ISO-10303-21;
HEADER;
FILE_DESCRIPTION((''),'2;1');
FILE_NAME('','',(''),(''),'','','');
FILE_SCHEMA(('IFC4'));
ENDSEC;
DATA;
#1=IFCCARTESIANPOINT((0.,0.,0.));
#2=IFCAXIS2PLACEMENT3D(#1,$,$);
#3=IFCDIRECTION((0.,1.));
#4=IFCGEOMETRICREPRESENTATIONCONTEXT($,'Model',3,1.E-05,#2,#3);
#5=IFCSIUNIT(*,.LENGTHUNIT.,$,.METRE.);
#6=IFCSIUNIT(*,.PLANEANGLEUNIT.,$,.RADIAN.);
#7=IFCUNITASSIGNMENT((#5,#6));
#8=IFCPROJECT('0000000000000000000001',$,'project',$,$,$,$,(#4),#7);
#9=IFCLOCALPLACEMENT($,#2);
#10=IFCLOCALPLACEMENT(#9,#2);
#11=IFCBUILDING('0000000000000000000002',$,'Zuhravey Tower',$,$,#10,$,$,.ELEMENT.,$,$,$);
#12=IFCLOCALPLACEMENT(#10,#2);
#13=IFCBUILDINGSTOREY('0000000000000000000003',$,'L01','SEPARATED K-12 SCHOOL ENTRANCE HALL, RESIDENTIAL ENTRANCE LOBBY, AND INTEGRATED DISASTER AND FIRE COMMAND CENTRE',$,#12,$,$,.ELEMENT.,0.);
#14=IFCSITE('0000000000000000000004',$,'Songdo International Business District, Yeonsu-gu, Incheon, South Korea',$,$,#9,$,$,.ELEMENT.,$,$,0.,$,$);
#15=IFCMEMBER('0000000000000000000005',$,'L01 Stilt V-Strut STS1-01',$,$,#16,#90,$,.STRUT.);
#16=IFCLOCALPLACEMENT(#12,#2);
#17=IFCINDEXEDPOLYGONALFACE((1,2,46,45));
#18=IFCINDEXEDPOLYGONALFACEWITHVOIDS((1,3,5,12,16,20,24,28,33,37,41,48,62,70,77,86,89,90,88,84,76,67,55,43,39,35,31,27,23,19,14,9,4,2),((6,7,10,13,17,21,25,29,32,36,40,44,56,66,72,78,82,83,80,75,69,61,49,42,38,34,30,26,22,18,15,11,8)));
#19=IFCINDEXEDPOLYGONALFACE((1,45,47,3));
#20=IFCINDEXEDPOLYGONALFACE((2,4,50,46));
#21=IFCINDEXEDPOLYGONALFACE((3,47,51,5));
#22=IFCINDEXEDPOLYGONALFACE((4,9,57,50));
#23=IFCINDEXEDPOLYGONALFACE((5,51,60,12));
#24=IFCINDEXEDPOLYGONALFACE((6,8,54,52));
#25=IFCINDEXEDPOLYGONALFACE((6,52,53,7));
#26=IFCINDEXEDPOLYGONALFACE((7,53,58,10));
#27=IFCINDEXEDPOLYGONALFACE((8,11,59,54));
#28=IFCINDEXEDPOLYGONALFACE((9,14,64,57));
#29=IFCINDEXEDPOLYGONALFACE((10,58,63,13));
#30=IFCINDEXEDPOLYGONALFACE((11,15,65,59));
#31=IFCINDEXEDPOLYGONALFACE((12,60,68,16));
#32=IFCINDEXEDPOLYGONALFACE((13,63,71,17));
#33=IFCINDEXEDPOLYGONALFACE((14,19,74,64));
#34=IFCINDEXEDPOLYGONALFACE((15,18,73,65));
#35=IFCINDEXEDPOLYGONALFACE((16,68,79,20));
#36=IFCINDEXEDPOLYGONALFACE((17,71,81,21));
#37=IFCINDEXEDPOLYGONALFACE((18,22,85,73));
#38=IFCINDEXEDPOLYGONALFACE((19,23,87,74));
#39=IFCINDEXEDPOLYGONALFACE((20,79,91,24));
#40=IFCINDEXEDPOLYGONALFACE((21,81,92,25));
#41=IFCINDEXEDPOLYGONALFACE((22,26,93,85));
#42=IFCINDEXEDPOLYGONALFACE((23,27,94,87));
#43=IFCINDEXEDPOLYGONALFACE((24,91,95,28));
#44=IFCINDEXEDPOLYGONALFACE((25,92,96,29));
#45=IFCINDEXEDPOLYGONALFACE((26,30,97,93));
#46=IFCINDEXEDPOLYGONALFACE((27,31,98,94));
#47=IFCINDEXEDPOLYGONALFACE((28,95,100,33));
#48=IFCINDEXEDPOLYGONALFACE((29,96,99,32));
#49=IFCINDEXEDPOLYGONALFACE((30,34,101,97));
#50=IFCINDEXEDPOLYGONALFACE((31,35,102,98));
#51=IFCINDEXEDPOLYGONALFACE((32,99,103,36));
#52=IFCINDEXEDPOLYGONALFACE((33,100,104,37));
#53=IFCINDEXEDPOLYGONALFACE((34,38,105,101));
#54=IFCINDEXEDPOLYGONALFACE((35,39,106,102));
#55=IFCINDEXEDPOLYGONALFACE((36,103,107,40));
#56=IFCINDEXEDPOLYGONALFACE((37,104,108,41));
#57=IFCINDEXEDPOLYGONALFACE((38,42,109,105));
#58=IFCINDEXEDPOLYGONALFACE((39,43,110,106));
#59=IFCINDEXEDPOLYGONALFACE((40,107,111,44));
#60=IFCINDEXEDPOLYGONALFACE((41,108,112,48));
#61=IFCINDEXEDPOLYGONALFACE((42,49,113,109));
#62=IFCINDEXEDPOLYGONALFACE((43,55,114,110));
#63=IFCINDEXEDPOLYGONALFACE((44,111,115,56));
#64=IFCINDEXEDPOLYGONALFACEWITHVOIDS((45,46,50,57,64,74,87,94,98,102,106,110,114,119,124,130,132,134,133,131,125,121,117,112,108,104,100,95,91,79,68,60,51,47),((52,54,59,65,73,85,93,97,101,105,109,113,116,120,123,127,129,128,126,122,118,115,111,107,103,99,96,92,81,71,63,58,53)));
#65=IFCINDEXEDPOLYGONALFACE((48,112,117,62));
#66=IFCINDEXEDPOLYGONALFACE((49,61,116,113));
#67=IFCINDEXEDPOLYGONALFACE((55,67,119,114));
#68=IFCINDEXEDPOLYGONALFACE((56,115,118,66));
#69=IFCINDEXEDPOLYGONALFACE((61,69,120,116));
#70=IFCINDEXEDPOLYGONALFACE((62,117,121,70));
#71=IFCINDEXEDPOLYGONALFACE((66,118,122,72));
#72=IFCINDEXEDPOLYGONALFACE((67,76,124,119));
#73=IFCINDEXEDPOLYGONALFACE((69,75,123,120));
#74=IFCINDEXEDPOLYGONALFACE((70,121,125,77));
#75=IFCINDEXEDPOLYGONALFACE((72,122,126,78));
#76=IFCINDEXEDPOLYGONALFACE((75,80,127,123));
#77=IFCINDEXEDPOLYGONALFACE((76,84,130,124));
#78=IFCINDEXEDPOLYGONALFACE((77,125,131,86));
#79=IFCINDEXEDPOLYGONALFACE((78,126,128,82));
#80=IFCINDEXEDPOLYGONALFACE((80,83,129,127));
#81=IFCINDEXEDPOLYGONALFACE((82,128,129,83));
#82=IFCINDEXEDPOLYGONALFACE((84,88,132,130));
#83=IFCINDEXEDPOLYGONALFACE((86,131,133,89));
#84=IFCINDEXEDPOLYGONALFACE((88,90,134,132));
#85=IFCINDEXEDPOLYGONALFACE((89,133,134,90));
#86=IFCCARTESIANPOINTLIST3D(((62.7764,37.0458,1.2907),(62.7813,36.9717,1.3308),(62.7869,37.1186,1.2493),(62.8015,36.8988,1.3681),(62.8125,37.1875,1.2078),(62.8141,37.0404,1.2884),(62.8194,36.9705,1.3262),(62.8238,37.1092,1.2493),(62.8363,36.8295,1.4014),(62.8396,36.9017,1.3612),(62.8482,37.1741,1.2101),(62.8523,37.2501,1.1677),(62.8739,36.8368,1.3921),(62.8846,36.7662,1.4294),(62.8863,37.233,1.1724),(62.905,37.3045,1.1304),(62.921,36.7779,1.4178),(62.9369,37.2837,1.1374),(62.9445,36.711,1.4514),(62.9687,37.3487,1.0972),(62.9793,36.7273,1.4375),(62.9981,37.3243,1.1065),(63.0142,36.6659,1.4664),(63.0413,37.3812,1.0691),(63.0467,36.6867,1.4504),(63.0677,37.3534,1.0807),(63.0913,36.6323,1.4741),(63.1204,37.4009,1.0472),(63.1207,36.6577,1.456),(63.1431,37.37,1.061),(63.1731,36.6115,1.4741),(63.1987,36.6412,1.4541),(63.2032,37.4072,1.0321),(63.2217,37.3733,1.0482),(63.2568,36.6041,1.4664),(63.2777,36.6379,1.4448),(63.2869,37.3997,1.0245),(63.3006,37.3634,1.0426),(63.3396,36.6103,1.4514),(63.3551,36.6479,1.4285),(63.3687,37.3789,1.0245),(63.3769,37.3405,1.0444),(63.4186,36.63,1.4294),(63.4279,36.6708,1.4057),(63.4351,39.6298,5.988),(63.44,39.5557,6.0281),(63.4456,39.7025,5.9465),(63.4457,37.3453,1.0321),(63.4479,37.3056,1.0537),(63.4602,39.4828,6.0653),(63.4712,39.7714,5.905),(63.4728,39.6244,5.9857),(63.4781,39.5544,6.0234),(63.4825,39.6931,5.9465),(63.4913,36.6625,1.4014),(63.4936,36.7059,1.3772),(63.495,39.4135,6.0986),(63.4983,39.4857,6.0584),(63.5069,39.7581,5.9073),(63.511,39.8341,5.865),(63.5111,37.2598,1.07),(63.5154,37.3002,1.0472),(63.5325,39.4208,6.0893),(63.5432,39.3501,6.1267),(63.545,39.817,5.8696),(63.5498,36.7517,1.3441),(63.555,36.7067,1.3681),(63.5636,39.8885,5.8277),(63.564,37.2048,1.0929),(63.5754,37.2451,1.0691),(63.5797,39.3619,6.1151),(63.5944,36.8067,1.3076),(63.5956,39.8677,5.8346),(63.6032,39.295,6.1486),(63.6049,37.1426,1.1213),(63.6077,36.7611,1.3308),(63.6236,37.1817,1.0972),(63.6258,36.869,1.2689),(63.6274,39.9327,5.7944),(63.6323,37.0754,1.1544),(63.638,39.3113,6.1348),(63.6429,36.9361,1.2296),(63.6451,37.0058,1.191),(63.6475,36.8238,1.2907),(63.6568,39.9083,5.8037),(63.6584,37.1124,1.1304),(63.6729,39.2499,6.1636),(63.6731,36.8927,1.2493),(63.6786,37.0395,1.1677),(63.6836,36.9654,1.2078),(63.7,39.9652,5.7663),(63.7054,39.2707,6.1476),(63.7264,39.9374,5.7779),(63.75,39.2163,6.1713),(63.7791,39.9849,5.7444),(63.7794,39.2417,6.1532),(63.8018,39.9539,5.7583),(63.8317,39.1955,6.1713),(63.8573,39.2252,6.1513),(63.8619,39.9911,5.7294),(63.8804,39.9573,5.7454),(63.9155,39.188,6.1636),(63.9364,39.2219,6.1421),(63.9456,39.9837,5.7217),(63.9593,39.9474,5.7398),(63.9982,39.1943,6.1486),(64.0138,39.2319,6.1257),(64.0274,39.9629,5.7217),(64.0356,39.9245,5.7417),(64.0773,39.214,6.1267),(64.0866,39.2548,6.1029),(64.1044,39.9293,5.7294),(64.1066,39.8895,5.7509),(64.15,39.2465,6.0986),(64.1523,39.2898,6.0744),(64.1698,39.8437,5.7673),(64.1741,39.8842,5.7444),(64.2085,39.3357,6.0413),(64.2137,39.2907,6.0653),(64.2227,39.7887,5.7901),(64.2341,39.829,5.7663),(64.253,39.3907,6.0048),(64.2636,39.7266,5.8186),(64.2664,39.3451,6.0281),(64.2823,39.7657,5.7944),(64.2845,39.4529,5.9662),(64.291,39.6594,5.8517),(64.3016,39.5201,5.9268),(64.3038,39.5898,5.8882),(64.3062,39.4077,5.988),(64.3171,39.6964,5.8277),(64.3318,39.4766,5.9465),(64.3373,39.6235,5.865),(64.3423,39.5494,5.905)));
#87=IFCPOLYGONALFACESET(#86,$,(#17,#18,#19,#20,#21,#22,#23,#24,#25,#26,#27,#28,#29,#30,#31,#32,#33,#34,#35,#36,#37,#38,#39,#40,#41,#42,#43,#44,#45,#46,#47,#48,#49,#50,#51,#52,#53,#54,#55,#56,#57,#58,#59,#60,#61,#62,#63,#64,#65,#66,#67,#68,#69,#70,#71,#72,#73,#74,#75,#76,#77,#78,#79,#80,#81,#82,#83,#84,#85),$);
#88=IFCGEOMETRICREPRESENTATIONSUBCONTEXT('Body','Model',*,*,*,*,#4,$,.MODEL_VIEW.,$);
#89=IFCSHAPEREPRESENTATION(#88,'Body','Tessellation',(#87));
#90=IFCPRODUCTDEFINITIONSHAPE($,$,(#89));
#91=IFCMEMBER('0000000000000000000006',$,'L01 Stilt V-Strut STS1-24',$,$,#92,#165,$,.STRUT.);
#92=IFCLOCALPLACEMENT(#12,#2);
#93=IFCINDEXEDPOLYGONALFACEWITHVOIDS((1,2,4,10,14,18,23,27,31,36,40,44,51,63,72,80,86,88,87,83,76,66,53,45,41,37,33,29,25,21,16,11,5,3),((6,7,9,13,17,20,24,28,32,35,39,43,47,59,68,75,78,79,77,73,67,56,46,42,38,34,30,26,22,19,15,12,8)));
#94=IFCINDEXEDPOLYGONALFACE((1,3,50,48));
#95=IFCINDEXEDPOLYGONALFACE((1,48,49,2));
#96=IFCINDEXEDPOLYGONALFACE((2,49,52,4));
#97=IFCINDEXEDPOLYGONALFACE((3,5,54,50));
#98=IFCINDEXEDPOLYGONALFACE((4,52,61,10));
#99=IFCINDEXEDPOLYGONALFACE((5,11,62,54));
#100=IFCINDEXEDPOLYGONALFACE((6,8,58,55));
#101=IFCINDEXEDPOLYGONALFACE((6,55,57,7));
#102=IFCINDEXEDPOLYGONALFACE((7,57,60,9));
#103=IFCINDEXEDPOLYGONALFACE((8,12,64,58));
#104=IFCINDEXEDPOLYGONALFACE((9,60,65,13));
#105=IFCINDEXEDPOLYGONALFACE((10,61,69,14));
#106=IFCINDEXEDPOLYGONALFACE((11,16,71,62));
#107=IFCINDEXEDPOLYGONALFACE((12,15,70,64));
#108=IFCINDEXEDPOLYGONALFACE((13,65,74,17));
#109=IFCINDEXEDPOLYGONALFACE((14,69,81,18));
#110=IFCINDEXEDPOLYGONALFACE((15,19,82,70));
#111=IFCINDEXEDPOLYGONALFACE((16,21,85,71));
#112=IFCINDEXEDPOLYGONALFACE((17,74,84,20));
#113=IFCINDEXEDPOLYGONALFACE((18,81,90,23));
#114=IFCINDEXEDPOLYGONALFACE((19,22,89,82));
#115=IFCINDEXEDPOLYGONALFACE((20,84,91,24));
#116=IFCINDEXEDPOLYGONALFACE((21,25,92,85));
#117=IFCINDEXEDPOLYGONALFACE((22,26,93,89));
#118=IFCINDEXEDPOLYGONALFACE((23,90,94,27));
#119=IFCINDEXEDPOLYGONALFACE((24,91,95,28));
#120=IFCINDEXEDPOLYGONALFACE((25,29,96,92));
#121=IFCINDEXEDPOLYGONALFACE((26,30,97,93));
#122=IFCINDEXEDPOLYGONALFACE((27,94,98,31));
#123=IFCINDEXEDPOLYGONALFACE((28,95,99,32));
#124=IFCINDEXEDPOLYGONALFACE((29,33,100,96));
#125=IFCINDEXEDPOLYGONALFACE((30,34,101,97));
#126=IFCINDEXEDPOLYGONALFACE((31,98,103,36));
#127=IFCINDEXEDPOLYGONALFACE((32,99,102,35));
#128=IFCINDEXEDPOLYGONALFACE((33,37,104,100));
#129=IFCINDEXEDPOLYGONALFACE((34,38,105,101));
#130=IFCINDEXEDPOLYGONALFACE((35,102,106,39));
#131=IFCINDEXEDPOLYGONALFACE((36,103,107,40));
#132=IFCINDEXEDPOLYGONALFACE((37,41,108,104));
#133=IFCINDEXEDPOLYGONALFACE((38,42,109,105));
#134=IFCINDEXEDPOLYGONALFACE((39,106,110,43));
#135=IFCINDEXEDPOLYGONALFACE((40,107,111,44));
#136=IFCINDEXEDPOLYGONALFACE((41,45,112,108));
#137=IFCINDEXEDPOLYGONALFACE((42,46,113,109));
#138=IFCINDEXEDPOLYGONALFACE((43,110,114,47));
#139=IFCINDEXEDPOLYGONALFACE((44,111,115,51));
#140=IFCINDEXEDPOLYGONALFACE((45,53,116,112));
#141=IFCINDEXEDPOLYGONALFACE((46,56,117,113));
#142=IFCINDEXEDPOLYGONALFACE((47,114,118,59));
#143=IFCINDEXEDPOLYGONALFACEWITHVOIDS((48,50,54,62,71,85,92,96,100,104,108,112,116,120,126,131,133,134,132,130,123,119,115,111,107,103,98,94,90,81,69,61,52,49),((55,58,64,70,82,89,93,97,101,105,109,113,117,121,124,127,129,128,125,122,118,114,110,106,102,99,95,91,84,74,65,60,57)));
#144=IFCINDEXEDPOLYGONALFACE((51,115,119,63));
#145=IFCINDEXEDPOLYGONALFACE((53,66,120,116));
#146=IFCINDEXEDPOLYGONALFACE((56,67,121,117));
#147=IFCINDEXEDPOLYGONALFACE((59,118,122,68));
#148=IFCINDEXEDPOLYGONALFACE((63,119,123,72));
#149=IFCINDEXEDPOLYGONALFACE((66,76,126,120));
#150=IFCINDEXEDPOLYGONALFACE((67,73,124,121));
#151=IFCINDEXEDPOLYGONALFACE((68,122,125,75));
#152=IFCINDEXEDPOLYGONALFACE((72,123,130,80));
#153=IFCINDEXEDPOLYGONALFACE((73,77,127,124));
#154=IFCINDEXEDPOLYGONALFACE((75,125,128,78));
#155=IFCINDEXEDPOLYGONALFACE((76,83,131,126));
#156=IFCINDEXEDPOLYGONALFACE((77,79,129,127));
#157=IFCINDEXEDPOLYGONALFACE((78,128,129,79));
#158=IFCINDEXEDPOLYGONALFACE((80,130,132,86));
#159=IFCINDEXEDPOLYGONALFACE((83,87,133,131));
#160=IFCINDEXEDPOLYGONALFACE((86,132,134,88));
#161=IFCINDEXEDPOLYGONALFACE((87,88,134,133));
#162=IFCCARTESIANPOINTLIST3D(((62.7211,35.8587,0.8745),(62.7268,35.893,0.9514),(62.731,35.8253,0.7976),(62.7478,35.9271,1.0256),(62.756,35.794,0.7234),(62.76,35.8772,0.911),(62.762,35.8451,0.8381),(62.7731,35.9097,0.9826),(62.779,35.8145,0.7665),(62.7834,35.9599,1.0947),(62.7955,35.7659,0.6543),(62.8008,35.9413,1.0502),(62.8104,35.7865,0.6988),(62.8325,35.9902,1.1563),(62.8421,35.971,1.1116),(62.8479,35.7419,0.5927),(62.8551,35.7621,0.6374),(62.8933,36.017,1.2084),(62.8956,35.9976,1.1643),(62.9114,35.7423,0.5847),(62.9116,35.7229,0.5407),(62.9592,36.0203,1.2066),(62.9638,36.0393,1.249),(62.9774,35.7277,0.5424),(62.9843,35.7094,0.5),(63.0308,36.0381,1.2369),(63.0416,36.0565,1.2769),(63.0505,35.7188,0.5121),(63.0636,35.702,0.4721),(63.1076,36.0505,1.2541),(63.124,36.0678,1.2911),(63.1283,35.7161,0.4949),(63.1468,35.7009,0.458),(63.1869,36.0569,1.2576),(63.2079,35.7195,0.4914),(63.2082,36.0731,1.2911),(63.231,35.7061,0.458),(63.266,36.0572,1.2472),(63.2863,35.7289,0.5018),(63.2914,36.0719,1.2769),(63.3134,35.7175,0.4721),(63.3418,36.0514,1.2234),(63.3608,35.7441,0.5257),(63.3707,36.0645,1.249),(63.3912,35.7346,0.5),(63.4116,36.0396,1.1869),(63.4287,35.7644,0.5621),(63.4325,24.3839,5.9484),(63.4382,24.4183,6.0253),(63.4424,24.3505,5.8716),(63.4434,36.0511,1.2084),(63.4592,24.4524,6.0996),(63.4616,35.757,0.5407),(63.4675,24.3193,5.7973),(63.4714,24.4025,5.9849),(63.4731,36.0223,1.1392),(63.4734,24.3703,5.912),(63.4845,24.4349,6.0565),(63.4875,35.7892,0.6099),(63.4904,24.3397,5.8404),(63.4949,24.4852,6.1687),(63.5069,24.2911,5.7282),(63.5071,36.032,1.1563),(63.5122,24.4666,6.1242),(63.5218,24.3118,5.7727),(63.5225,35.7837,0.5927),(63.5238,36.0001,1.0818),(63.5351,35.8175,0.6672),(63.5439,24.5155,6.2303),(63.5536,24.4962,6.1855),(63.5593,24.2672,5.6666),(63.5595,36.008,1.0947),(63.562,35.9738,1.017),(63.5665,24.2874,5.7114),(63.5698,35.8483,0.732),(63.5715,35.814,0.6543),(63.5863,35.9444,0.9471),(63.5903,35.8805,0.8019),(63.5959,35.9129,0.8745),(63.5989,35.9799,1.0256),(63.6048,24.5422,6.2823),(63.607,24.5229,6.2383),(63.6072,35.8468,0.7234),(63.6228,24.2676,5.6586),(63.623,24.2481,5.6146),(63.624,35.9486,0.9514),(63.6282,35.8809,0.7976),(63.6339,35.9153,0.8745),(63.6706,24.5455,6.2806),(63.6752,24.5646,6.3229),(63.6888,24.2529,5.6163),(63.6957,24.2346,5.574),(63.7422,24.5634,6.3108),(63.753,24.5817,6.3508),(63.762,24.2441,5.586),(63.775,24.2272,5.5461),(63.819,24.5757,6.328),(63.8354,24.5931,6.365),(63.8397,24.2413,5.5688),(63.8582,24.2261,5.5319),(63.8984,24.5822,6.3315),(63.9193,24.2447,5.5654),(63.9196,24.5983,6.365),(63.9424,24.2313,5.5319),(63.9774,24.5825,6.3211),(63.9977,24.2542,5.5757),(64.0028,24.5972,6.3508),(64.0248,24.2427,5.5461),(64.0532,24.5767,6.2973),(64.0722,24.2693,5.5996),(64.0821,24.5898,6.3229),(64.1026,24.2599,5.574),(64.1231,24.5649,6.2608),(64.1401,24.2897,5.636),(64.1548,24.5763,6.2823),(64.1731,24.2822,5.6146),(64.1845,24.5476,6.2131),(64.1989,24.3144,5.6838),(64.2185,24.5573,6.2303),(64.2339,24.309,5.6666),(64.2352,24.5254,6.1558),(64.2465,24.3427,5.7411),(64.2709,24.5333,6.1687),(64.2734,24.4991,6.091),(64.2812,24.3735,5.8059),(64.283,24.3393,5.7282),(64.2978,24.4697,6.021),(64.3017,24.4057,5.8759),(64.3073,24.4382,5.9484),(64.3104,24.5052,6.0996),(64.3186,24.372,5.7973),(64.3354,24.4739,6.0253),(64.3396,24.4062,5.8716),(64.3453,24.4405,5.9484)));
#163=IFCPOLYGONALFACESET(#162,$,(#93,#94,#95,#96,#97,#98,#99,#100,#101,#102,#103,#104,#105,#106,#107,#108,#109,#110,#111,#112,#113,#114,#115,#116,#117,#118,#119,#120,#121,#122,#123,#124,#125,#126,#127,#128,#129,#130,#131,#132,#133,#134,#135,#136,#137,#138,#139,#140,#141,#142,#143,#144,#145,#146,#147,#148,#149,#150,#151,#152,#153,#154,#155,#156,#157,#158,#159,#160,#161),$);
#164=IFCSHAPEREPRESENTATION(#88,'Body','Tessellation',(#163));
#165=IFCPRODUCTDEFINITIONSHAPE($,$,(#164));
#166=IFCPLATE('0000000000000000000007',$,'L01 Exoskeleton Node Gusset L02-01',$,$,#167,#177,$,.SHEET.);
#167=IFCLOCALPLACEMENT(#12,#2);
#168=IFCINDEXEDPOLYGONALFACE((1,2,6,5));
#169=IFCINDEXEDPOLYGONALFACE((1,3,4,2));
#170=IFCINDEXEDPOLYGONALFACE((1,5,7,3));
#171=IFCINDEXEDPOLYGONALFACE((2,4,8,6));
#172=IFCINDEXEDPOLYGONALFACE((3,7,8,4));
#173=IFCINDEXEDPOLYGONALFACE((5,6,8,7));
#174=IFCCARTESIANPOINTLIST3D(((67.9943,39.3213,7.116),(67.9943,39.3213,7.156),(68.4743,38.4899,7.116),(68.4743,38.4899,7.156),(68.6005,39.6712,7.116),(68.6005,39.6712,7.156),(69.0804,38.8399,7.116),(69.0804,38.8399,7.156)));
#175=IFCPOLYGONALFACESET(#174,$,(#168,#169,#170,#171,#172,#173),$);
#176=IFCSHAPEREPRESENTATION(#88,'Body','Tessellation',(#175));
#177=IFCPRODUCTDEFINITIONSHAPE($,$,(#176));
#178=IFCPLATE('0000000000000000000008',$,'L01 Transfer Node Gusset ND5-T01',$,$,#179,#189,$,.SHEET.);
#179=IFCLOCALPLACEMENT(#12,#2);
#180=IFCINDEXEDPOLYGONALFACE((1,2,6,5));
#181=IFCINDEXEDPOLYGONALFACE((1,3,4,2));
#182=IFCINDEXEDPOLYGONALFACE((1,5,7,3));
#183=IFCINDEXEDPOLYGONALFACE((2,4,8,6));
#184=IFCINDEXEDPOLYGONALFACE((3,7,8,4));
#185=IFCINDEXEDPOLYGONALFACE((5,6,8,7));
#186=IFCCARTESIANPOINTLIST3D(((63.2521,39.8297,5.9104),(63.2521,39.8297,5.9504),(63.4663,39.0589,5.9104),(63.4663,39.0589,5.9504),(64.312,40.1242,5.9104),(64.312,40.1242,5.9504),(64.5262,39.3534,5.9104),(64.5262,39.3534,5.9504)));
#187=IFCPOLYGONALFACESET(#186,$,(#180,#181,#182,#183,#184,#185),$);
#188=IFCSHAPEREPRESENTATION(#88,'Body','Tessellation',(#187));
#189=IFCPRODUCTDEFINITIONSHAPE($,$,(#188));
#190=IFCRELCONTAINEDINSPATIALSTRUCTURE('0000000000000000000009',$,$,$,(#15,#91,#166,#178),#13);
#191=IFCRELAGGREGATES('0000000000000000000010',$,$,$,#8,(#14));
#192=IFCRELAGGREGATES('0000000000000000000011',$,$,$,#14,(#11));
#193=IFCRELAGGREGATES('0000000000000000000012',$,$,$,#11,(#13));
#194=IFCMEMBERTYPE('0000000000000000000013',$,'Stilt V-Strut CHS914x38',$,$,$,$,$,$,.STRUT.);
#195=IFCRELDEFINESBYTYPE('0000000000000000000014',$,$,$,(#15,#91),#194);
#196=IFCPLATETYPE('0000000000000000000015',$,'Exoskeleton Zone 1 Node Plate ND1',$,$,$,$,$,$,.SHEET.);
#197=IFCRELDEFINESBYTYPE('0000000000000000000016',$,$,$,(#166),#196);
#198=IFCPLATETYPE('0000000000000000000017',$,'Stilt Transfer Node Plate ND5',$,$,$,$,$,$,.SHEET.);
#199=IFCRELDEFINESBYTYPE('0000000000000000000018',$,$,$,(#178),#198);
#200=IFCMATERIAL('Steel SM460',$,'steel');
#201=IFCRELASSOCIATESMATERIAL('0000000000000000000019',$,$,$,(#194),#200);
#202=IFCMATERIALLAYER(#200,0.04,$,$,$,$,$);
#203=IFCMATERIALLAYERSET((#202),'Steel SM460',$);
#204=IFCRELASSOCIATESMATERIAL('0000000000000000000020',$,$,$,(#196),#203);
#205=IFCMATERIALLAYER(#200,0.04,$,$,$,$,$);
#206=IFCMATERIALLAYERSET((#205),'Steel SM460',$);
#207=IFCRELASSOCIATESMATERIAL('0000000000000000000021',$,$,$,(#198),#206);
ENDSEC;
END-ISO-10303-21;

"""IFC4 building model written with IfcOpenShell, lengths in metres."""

from ifc_helpers import new_model, si_unit, direction, frame, origin, origin_2d, place, context, subcontext, project, spatial, rectangle, hollow_circle, extrude, material, layer, layer_set, material_profile, profile_set, type_object, element, save


model = new_model("IFC4")

# Units and contexts
model_context = context("Model", 3, precision=1e-05, world=origin(), true_north=direction((0.0, 1.0)))
body_context = subcontext(model_context, "Body", "Model", "MODEL_VIEW")
ifc_project = project(units=[si_unit("LENGTHUNIT", "METRE"), si_unit("PLANEANGLEUNIT", "RADIAN")], contexts=[model_context])

# Site, building, storey
site_placement = place(None, origin())
site = spatial("IfcSite", under=ifc_project, at=site_placement, Name="Songdo International Business District, Yeonsu-gu, Incheon, South Korea", CompositionType="ELEMENT", RefElevation=0.0)
building_placement = place(site_placement, origin())
building = spatial("IfcBuilding", under=site, at=building_placement, Name="Zuhravey Tower", CompositionType="ELEMENT")
storey_placement = place(building_placement, origin())
storey = spatial("IfcBuildingStorey", under=building, at=storey_placement, Name="L01", Description="SEPARATED K-12 SCHOOL ENTRANCE HALL, RESIDENTIAL ENTRANCE LOBBY, AND INTEGRATED DISASTER AND FIRE COMMAND CENTRE", CompositionType="ELEMENT", Elevation=0.0)

# Shared definitions
ifc_material_1 = material(Name="Steel SM460", Category="steel")

# Members
ifc_material_profile_1 = material_profile(ifc_material_1, hollow_circle(Radius=0.4573, WallThickness=0.0381, at=origin_2d()), Name="CHS-914.4x38")
ifc_profile_set_1 = profile_set([ifc_material_profile_1], Name="Steel SM460")
member_type = type_object("IfcMemberType", Name="Stilt V-Strut CHS914x38", PredefinedType="STRUT", material=ifc_profile_set_1)
member_1_placement = place(storey_placement, frame((63.23, 37.0056, 1.2493), z_axis=(0.121948, 0.478391, 0.869638), x_axis=(-0.969012, 0.247014, 0.0)))
element("IfcMember", 1, at=member_1_placement, inside=storey, type_object=member_type, Name="L01 Stilt V-Strut STS1-01", PredefinedType="STRUT", context=body_context, shape_type="SweptSolid", body=[
    extrude(hollow_circle(Radius=0.4573, WallThickness=0.0381, at=origin_2d()), origin(), (0.0, 0.0, 1.0), 5.4014),
])
member_2_placement = place(storey_placement, frame((63.1775, 35.887, 0.8745), z_axis=(0.056612, -0.913111, 0.403761), x_axis=(0.998084, 0.06188, 0.0)))
element("IfcMember", 2, at=member_2_placement, inside=storey, type_object=member_type, Name="L01 Stilt V-Strut STS1-24", PredefinedType="STRUT", context=body_context, shape_type="SweptSolid", body=[
    extrude(hollow_circle(Radius=0.4573, WallThickness=0.0381, at=origin_2d()), origin(), (0.0, 0.0, 1.0), 12.5667),
])

# Plates
ifc_layer_1 = layer(ifc_material_1, 0.04)
ifc_layer_set_1 = layer_set([ifc_layer_1], Name="Steel SM460")
plate_type_1 = type_object("IfcPlateType", Name="Exoskeleton Zone 1 Node Plate ND1", PredefinedType="SHEET", material=ifc_layer_set_1)
plate_1_placement = place(storey_placement, frame((68.5374, 39.0806, 7.116), z_axis=(0.0, 0.0, 1.0), x_axis=(-0.5, 0.866025, 0.0)))
element("IfcPlate", 3, at=plate_1_placement, inside=storey, type_object=plate_type_1, Name="L01 Exoskeleton Node Gusset L02-01", PredefinedType="SHEET", context=body_context, shape_type="SweptSolid", body=[
    extrude(rectangle(XDim=0.96, YDim=0.7, at=origin_2d()), origin(), (0.0, 0.0, 1.0), 0.04),
])
ifc_layer_2 = layer(ifc_material_1, 0.04)
ifc_layer_set_2 = layer_set([ifc_layer_2], Name="Steel SM460")
plate_type_2 = type_object("IfcPlateType", Name="Stilt Transfer Node Plate ND5", PredefinedType="SHEET", material=ifc_layer_set_2)
plate_2_placement = place(storey_placement, frame((63.8892, 39.5916, 5.9104), z_axis=(0.0, 0.0, 1.0), x_axis=(0.96349, 0.267743, 0.0)))
element("IfcPlate", 4, at=plate_2_placement, inside=storey, type_object=plate_type_2, Name="L01 Transfer Node Gusset ND5-T01", PredefinedType="SHEET", context=body_context, shape_type="SweptSolid", body=[
    extrude(rectangle(XDim=1.1001, YDim=0.8, at=origin_2d()), origin(), (0.0, 0.0, 1.0), 0.04),
])

save(model, "model.ifc")
